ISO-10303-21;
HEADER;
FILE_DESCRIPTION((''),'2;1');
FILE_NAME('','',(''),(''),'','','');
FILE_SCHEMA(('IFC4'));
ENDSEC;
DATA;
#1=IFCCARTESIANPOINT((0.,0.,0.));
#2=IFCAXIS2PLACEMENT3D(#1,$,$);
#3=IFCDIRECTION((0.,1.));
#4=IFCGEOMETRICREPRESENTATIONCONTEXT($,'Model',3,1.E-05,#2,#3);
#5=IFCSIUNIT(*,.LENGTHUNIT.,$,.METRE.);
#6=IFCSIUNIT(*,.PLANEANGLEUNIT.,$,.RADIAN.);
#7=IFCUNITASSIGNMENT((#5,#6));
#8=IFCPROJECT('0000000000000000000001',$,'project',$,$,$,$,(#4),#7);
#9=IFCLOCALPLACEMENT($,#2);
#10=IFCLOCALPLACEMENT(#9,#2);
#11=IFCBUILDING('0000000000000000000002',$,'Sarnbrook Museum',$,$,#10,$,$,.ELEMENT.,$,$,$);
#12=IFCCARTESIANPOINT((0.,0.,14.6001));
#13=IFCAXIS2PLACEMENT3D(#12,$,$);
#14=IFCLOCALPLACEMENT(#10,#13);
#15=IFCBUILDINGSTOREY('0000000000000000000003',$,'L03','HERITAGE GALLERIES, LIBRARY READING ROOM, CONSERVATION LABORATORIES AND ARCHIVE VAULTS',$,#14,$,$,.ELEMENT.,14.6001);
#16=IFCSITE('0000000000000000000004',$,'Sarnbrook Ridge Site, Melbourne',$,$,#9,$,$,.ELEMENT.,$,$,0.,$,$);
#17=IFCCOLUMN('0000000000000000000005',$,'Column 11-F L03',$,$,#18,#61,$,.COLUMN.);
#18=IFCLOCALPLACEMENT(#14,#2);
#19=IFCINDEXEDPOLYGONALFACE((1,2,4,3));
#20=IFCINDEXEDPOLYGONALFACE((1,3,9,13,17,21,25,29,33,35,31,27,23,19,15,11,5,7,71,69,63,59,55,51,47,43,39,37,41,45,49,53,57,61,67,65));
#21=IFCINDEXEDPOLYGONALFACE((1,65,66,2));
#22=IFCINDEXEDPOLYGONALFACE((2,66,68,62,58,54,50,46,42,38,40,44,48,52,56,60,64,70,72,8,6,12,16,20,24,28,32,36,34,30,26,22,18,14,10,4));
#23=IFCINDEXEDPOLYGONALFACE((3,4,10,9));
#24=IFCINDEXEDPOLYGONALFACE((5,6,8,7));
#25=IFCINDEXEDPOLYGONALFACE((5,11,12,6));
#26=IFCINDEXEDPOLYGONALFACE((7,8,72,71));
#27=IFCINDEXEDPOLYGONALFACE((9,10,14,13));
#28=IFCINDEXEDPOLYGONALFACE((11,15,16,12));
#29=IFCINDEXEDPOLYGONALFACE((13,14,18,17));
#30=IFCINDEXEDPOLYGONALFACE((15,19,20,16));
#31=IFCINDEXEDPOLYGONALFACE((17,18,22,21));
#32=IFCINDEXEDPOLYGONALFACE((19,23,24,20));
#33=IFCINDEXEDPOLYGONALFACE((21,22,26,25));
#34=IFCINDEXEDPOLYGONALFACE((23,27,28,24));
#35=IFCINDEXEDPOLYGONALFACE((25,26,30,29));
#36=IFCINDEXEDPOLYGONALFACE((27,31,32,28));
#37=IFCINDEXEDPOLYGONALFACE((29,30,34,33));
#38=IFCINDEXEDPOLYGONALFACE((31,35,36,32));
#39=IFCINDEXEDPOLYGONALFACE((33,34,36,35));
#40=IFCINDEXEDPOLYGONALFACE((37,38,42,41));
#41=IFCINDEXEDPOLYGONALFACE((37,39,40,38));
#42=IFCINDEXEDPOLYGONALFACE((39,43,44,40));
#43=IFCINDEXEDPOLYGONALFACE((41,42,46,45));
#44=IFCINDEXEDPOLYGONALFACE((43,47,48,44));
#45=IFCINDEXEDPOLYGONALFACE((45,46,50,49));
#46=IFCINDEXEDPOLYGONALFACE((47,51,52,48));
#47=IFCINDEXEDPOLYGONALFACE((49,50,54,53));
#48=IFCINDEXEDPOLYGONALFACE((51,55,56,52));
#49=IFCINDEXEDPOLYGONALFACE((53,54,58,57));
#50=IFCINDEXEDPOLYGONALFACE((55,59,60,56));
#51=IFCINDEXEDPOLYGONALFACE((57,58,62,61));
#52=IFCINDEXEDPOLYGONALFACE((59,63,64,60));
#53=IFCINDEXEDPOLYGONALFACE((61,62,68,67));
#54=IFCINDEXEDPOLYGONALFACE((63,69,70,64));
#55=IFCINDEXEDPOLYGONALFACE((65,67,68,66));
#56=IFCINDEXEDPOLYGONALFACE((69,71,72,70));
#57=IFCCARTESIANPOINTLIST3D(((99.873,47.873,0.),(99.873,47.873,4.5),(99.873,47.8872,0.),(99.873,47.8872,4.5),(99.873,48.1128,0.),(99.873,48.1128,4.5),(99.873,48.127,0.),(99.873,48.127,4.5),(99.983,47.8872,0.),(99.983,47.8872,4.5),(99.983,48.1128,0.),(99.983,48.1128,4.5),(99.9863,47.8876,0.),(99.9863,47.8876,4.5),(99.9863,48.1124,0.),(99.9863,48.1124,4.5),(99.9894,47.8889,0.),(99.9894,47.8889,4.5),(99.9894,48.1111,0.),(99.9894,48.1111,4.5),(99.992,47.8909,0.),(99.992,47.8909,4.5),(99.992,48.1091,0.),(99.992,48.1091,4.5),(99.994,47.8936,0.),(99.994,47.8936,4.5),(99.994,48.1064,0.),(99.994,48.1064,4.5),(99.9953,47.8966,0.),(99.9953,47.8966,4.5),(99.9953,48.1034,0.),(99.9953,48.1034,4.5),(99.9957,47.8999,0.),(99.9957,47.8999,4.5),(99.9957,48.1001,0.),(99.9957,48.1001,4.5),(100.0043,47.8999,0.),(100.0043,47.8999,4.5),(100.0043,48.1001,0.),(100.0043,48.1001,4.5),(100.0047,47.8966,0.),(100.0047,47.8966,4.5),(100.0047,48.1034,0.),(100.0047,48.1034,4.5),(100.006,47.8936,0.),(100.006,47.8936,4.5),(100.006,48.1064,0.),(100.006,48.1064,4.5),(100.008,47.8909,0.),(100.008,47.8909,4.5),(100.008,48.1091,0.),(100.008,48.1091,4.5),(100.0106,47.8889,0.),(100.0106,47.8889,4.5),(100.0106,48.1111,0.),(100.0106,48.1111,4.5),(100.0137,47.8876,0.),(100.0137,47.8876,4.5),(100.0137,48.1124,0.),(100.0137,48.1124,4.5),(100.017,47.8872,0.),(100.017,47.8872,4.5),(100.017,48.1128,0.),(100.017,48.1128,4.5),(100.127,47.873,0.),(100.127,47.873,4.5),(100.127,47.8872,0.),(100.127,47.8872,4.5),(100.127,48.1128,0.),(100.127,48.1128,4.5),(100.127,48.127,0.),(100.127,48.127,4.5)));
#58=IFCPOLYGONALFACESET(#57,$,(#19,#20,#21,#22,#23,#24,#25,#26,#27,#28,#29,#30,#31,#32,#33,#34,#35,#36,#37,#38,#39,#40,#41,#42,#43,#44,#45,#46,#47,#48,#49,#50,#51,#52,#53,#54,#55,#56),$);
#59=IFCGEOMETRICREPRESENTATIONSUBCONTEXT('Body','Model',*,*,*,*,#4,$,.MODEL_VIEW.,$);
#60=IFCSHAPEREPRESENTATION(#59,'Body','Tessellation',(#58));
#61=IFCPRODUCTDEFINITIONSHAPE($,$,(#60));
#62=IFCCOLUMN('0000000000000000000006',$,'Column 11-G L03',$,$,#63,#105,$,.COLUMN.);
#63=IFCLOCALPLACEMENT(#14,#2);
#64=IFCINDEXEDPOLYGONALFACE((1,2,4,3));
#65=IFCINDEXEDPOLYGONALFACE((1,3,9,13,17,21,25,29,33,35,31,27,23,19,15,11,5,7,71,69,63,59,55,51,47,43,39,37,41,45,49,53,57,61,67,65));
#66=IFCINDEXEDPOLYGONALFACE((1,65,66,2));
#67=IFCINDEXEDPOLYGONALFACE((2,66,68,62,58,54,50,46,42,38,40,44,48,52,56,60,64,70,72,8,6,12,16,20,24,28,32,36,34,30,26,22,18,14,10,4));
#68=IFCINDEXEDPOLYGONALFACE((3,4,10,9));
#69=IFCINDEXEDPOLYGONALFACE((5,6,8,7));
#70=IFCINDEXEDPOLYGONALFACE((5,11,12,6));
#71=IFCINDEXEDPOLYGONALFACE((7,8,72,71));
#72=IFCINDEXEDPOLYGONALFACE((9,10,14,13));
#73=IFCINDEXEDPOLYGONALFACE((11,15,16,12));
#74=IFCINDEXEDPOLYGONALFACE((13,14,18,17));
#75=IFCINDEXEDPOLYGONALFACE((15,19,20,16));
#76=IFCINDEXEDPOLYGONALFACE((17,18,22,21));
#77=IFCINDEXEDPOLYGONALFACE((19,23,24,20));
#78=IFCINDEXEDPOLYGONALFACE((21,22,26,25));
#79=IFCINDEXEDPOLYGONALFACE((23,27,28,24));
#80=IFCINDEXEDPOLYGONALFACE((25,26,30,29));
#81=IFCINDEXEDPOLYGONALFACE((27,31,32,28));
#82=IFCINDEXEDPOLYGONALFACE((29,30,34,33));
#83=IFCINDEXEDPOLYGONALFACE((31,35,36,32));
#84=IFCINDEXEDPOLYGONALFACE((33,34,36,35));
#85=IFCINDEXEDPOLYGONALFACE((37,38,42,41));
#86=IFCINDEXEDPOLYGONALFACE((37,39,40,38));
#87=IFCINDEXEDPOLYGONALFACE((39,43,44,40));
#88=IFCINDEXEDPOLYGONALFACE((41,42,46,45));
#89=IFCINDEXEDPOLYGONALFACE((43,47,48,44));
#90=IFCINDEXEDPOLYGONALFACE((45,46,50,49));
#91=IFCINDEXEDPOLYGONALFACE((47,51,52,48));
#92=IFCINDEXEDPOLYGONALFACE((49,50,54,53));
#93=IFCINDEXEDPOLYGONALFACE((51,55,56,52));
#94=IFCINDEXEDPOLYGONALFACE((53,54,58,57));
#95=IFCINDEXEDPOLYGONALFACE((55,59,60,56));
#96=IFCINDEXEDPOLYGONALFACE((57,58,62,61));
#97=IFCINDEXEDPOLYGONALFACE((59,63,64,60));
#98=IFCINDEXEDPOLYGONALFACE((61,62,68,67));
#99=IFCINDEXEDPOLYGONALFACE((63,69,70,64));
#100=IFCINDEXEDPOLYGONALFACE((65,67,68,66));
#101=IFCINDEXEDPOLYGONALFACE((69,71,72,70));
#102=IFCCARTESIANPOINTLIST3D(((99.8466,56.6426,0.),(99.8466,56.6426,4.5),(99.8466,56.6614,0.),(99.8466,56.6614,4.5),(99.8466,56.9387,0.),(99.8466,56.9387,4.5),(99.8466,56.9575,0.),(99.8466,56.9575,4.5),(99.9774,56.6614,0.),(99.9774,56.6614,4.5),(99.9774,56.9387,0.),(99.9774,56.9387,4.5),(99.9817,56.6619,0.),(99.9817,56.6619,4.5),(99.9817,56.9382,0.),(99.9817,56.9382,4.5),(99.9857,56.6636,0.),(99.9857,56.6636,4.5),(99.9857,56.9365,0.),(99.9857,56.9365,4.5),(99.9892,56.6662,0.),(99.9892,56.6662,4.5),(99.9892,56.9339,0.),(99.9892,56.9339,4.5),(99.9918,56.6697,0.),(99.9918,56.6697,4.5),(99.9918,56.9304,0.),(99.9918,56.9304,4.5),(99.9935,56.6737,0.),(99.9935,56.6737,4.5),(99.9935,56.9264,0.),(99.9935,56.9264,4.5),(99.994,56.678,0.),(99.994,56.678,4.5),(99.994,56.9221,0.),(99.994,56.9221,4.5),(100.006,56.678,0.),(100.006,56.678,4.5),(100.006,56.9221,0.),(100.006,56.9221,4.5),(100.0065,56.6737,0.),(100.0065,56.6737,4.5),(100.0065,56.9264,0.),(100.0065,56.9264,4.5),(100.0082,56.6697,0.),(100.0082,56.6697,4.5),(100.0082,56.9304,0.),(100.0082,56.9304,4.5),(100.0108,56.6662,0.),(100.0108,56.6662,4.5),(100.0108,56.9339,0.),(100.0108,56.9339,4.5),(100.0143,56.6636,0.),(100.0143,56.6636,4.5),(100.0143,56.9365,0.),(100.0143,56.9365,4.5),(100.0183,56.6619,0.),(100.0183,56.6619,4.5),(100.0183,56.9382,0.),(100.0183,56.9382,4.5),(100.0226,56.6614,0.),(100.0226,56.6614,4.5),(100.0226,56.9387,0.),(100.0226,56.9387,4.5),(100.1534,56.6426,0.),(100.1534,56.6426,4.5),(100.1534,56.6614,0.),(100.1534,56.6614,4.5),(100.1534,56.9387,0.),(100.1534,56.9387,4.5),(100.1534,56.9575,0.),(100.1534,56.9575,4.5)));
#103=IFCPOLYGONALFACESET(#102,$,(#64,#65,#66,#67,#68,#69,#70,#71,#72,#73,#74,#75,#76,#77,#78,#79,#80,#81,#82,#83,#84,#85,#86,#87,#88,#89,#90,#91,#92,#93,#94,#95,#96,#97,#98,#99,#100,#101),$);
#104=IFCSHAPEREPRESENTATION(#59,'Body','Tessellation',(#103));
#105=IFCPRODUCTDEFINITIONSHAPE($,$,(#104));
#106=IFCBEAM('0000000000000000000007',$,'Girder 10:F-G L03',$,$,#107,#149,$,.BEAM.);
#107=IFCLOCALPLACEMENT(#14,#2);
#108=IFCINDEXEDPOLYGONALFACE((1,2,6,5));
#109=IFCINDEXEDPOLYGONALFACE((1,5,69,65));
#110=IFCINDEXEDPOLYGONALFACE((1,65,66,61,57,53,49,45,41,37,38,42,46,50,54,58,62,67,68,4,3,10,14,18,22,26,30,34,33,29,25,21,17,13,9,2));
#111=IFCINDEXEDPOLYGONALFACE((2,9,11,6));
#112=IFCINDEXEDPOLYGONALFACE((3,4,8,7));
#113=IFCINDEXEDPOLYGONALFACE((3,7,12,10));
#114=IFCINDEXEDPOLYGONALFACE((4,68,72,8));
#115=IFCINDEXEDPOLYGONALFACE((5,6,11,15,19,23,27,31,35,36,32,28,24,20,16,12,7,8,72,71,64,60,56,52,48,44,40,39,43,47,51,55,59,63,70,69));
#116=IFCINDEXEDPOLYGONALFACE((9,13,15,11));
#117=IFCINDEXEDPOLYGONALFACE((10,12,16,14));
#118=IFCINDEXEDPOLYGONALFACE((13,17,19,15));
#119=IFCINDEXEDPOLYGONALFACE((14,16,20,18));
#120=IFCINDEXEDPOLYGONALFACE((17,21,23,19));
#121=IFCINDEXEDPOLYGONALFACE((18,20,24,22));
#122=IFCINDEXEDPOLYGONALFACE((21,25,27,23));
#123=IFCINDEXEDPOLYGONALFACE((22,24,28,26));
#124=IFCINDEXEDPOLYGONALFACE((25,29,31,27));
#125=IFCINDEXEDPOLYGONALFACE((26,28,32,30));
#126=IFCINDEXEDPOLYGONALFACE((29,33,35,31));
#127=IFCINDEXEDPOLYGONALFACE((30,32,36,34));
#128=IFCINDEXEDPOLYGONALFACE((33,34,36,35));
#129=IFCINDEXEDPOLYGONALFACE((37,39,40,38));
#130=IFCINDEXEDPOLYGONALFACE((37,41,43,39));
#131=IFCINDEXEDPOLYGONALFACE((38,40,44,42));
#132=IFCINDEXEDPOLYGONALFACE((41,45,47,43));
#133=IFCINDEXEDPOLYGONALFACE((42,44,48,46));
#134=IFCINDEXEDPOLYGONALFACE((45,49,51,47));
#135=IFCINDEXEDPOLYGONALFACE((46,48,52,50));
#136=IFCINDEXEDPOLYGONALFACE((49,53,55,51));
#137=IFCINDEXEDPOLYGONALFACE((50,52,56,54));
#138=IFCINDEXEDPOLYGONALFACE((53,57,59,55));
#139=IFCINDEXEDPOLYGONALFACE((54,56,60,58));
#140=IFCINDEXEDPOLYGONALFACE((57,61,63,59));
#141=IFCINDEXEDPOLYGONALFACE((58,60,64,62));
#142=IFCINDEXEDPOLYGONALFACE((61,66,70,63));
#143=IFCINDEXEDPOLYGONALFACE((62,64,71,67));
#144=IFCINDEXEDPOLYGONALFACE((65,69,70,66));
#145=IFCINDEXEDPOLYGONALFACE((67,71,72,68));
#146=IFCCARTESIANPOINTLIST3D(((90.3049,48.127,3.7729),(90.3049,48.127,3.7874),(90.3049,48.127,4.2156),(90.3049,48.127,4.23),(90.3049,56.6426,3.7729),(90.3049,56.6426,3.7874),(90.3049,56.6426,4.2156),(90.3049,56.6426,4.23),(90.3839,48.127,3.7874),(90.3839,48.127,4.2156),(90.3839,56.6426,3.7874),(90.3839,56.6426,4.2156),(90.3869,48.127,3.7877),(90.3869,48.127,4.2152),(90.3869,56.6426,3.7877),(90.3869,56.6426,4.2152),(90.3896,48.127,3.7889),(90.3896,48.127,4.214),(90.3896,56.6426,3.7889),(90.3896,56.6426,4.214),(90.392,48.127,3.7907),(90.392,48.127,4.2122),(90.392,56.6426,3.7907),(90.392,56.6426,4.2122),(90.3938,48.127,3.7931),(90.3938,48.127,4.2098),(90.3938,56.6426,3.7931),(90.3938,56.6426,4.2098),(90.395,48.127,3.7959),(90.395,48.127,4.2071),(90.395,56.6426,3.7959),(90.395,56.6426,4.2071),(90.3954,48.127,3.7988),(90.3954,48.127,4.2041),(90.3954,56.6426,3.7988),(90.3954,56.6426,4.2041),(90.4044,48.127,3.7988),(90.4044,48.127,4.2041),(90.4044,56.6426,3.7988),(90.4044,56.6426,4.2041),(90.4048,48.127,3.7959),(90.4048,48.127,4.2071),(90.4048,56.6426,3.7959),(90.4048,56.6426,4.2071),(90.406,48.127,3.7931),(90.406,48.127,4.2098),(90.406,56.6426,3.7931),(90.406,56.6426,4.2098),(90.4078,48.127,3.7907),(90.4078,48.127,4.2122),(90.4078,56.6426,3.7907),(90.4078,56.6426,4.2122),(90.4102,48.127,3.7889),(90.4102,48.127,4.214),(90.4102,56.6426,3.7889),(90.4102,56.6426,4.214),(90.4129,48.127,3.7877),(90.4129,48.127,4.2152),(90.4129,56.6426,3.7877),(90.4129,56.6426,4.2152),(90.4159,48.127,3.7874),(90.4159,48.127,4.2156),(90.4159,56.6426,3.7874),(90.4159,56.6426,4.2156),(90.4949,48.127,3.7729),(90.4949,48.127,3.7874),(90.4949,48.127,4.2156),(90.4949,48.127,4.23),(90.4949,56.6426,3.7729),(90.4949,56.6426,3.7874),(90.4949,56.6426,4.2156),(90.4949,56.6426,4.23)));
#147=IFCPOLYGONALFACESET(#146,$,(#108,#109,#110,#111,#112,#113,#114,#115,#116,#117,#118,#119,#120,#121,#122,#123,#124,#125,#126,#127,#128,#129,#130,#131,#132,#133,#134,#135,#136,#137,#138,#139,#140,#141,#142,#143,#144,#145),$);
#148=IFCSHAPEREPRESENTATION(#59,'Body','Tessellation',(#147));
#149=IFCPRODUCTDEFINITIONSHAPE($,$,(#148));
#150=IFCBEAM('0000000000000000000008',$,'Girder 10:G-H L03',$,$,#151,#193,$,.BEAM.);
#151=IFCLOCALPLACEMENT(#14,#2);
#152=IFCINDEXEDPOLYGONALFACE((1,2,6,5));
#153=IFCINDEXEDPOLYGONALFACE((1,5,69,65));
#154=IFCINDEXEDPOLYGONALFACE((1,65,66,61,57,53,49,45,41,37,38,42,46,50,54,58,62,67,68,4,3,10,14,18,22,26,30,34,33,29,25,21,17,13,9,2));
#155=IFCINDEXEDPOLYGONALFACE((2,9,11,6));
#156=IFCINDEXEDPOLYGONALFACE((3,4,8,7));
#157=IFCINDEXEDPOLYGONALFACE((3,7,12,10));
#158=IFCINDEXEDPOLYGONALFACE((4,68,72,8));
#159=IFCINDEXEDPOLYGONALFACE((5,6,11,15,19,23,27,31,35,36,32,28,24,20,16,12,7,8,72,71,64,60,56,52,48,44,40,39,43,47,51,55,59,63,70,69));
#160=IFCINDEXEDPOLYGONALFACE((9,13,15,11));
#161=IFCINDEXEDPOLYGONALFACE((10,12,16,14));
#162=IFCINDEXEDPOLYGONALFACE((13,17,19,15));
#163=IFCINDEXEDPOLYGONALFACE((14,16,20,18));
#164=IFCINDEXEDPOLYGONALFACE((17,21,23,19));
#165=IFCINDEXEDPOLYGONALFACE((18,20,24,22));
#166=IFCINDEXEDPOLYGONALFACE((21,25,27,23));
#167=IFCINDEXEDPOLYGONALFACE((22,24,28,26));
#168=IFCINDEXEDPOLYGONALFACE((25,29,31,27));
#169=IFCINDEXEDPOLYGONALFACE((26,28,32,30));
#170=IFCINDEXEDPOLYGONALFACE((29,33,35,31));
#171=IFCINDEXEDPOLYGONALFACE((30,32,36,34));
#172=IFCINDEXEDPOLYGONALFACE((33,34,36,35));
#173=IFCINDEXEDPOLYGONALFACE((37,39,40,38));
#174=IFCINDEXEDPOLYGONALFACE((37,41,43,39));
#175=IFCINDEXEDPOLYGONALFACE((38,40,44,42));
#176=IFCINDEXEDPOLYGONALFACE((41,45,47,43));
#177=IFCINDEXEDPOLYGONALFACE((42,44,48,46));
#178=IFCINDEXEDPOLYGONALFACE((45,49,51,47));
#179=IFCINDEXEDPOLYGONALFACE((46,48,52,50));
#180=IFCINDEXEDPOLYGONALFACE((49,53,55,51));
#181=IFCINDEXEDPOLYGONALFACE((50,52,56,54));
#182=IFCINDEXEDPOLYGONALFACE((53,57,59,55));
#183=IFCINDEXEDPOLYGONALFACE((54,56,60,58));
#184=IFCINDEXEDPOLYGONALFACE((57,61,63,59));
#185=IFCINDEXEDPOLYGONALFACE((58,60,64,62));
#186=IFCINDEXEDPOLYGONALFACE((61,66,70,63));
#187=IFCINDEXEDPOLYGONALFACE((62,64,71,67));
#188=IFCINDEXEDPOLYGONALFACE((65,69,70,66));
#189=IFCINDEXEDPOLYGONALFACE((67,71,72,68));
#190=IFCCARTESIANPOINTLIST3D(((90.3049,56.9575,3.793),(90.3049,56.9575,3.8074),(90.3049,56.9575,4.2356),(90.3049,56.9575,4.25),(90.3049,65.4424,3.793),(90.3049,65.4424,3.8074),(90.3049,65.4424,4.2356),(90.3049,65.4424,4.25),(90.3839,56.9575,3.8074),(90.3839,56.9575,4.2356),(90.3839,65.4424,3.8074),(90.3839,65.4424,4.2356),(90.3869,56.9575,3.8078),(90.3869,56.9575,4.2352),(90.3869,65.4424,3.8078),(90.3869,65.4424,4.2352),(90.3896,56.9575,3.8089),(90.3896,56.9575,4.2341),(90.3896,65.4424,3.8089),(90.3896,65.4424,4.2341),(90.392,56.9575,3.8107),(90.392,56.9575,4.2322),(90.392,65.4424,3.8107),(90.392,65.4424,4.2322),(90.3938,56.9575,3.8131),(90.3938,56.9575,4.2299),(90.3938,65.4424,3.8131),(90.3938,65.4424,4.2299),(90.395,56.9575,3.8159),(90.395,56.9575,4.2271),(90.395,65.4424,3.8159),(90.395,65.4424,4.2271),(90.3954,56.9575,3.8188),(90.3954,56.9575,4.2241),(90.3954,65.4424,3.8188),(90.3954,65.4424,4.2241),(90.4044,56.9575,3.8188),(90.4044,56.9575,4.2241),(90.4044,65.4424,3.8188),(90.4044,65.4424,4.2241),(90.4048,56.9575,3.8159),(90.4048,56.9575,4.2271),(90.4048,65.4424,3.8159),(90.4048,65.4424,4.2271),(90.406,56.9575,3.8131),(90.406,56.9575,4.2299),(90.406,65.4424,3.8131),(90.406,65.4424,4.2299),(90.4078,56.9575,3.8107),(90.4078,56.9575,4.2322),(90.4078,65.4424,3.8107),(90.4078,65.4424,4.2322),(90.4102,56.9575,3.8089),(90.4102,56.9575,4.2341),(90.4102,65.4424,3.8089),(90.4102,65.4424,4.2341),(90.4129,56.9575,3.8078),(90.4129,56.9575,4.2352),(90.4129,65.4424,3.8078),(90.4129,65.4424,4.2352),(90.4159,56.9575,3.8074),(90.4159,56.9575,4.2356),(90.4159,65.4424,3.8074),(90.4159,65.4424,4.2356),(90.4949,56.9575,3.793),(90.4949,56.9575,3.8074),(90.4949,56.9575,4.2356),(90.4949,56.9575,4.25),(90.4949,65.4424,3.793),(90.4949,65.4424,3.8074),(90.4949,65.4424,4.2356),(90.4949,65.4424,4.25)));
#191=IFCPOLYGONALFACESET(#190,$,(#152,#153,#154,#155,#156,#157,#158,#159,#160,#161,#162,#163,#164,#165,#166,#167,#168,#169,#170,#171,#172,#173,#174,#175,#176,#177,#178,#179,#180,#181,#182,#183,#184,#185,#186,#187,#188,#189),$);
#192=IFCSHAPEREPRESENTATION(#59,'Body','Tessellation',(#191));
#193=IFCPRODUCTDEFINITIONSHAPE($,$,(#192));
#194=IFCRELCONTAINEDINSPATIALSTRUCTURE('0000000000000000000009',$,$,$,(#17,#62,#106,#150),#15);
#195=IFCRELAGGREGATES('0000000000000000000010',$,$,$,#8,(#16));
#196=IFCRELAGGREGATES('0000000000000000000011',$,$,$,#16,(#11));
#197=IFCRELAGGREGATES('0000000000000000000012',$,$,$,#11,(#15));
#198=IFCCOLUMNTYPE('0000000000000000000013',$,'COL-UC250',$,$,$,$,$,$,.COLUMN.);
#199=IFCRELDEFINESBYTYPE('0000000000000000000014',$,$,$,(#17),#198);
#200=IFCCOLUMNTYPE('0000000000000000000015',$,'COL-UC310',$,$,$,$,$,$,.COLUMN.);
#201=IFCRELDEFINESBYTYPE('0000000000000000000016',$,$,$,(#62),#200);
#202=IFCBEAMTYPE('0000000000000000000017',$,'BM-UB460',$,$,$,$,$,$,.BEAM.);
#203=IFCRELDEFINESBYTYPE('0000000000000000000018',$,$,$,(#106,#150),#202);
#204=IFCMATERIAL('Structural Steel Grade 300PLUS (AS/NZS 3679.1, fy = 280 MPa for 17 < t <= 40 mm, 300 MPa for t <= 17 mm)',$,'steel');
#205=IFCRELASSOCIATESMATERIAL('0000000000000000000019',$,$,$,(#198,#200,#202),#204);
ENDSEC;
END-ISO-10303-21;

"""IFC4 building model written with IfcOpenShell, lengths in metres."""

from ifc_helpers import new_model, si_unit, direction, frame, origin, origin_2d, place, context, subcontext, project, spatial, i_section, extrude, material, material_profile, profile_set, type_object, element, save


model = new_model("IFC4")

# Units and contexts
model_context = context("Model", 3, precision=1e-05, world=origin(), true_north=direction((0.0, 1.0)))
body_context = subcontext(model_context, "Body", "Model", "MODEL_VIEW")
ifc_project = project(units=[si_unit("LENGTHUNIT", "METRE"), si_unit("PLANEANGLEUNIT", "RADIAN")], contexts=[model_context])

# Site, building, storey
site_placement = place(None, origin())
site = spatial("IfcSite", under=ifc_project, at=site_placement, Name="Sarnbrook Ridge Site, Melbourne", CompositionType="ELEMENT", RefElevation=0.0)
building_placement = place(site_placement, origin())
building = spatial("IfcBuilding", under=site, at=building_placement, Name="Sarnbrook Museum", CompositionType="ELEMENT")
storey_placement = place(building_placement, frame((0.0, 0.0, 14.6001)))
storey = spatial("IfcBuildingStorey", under=building, at=storey_placement, Name="L03", Description="HERITAGE GALLERIES, LIBRARY READING ROOM, CONSERVATION LABORATORIES AND ARCHIVE VAULTS", CompositionType="ELEMENT", Elevation=14.6001)

# Columns
ifc_material_1 = material(Name="Structural Steel Grade 300PLUS (AS/NZS 3679.1, fy = 280 MPa for 17 < t <= 40 mm, 300 MPa for t <= 17 mm)", Category="steel")
ifc_material_profile_1 = material_profile(ifc_material_1, i_section(OverallWidth=0.2539, OverallDepth=0.2539, WebThickness=0.0085, FlangeThickness=0.0142, FilletRadius=0.0127, at=origin_2d()), Name="250UC72.9")
ifc_profile_set_1 = profile_set([ifc_material_profile_1], Name="Structural Steel Grade 300PLUS (AS/NZS 3679.1, fy = 280 MPa for 17 < t <= 40 mm, 300 MPa for t <= 17 mm)")
column_type_1 = type_object("IfcColumnType", Name="COL-UC250", PredefinedType="COLUMN", material=ifc_profile_set_1)
column_1_placement = place(storey_placement, frame((100.0, 48.0, 0.0), z_axis=(0.0, 0.0, 1.0), x_axis=(1.0, 0.0, 0.0)))
element("IfcColumn", 1, at=column_1_placement, inside=storey, type_object=column_type_1, Name="Column 11-F L03", PredefinedType="COLUMN", context=body_context, shape_type="SweptSolid", body=[
    extrude(i_section(OverallWidth=0.2539, OverallDepth=0.2539, WebThickness=0.0085, FlangeThickness=0.0142, FilletRadius=0.0127, at=origin_2d()), origin(), (0.0, 0.0, 1.0), 4.5),
])
ifc_material_profile_2 = material_profile(ifc_material_1, i_section(OverallWidth=0.3069, OverallDepth=0.3149, WebThickness=0.012, FlangeThickness=0.0188, FilletRadius=0.0166, at=origin_2d()), Name="310UC118")
ifc_profile_set_2 = profile_set([ifc_material_profile_2], Name="Structural Steel Grade 300PLUS (AS/NZS 3679.1, fy = 280 MPa for 17 < t <= 40 mm, 300 MPa for t <= 17 mm)")
column_type_2 = type_object("IfcColumnType", Name="COL-UC310", PredefinedType="COLUMN", material=ifc_profile_set_2)
column_2_placement = place(storey_placement, frame((100.0, 56.8, 0.0), z_axis=(0.0, 0.0, 1.0), x_axis=(1.0, 0.0, 0.0)))
element("IfcColumn", 2, at=column_2_placement, inside=storey, type_object=column_type_2, Name="Column 11-G L03", PredefinedType="COLUMN", context=body_context, shape_type="SweptSolid", body=[
    extrude(i_section(OverallWidth=0.3069, OverallDepth=0.3149, WebThickness=0.012, FlangeThickness=0.0188, FilletRadius=0.0166, at=origin_2d()), origin(), (0.0, 0.0, 1.0), 4.5),
])

# Beams
ifc_material_profile_3 = material_profile(ifc_material_1, i_section(OverallWidth=0.1899, OverallDepth=0.457, WebThickness=0.009, FlangeThickness=0.0144, FilletRadius=0.0115, at=origin_2d()), Name="460UB74.6")
ifc_profile_set_3 = profile_set([ifc_material_profile_3], Name="Structural Steel Grade 300PLUS (AS/NZS 3679.1, fy = 280 MPa for 17 < t <= 40 mm, 300 MPa for t <= 17 mm)")
beam_type_1 = type_object("IfcBeamType", Name="BM-UB460", PredefinedType="BEAM", material=ifc_profile_set_3)
beam_1_placement = place(storey_placement, frame((90.3999, 48.127, 4.0015), z_axis=(0.0, 1.0, 0.0), x_axis=(-1.0, 0.0, 0.0)))
element("IfcBeam", 3, at=beam_1_placement, inside=storey, type_object=beam_type_1, Name="Girder 10:F-G L03", PredefinedType="BEAM", context=body_context, shape_type="SweptSolid", body=[
    extrude(i_section(OverallWidth=0.1899, OverallDepth=0.457, WebThickness=0.009, FlangeThickness=0.0144, FilletRadius=0.0115, at=origin_2d()), origin(), (0.0, 0.0, 1.0), 8.5156),
])
beam_2_placement = place(storey_placement, frame((90.3999, 56.9575, 4.0215), z_axis=(0.0, 1.0, 0.0), x_axis=(-1.0, 0.0, 0.0)))
element("IfcBeam", 4, at=beam_2_placement, inside=storey, type_object=beam_type_1, Name="Girder 10:G-H L03", PredefinedType="BEAM", context=body_context, shape_type="SweptSolid", body=[
    extrude(i_section(OverallWidth=0.1899, OverallDepth=0.457, WebThickness=0.009, FlangeThickness=0.0144, FilletRadius=0.0115, at=origin_2d()), origin(), (0.0, 0.0, 1.0), 8.4849),
])

save(model, "model.ifc")
